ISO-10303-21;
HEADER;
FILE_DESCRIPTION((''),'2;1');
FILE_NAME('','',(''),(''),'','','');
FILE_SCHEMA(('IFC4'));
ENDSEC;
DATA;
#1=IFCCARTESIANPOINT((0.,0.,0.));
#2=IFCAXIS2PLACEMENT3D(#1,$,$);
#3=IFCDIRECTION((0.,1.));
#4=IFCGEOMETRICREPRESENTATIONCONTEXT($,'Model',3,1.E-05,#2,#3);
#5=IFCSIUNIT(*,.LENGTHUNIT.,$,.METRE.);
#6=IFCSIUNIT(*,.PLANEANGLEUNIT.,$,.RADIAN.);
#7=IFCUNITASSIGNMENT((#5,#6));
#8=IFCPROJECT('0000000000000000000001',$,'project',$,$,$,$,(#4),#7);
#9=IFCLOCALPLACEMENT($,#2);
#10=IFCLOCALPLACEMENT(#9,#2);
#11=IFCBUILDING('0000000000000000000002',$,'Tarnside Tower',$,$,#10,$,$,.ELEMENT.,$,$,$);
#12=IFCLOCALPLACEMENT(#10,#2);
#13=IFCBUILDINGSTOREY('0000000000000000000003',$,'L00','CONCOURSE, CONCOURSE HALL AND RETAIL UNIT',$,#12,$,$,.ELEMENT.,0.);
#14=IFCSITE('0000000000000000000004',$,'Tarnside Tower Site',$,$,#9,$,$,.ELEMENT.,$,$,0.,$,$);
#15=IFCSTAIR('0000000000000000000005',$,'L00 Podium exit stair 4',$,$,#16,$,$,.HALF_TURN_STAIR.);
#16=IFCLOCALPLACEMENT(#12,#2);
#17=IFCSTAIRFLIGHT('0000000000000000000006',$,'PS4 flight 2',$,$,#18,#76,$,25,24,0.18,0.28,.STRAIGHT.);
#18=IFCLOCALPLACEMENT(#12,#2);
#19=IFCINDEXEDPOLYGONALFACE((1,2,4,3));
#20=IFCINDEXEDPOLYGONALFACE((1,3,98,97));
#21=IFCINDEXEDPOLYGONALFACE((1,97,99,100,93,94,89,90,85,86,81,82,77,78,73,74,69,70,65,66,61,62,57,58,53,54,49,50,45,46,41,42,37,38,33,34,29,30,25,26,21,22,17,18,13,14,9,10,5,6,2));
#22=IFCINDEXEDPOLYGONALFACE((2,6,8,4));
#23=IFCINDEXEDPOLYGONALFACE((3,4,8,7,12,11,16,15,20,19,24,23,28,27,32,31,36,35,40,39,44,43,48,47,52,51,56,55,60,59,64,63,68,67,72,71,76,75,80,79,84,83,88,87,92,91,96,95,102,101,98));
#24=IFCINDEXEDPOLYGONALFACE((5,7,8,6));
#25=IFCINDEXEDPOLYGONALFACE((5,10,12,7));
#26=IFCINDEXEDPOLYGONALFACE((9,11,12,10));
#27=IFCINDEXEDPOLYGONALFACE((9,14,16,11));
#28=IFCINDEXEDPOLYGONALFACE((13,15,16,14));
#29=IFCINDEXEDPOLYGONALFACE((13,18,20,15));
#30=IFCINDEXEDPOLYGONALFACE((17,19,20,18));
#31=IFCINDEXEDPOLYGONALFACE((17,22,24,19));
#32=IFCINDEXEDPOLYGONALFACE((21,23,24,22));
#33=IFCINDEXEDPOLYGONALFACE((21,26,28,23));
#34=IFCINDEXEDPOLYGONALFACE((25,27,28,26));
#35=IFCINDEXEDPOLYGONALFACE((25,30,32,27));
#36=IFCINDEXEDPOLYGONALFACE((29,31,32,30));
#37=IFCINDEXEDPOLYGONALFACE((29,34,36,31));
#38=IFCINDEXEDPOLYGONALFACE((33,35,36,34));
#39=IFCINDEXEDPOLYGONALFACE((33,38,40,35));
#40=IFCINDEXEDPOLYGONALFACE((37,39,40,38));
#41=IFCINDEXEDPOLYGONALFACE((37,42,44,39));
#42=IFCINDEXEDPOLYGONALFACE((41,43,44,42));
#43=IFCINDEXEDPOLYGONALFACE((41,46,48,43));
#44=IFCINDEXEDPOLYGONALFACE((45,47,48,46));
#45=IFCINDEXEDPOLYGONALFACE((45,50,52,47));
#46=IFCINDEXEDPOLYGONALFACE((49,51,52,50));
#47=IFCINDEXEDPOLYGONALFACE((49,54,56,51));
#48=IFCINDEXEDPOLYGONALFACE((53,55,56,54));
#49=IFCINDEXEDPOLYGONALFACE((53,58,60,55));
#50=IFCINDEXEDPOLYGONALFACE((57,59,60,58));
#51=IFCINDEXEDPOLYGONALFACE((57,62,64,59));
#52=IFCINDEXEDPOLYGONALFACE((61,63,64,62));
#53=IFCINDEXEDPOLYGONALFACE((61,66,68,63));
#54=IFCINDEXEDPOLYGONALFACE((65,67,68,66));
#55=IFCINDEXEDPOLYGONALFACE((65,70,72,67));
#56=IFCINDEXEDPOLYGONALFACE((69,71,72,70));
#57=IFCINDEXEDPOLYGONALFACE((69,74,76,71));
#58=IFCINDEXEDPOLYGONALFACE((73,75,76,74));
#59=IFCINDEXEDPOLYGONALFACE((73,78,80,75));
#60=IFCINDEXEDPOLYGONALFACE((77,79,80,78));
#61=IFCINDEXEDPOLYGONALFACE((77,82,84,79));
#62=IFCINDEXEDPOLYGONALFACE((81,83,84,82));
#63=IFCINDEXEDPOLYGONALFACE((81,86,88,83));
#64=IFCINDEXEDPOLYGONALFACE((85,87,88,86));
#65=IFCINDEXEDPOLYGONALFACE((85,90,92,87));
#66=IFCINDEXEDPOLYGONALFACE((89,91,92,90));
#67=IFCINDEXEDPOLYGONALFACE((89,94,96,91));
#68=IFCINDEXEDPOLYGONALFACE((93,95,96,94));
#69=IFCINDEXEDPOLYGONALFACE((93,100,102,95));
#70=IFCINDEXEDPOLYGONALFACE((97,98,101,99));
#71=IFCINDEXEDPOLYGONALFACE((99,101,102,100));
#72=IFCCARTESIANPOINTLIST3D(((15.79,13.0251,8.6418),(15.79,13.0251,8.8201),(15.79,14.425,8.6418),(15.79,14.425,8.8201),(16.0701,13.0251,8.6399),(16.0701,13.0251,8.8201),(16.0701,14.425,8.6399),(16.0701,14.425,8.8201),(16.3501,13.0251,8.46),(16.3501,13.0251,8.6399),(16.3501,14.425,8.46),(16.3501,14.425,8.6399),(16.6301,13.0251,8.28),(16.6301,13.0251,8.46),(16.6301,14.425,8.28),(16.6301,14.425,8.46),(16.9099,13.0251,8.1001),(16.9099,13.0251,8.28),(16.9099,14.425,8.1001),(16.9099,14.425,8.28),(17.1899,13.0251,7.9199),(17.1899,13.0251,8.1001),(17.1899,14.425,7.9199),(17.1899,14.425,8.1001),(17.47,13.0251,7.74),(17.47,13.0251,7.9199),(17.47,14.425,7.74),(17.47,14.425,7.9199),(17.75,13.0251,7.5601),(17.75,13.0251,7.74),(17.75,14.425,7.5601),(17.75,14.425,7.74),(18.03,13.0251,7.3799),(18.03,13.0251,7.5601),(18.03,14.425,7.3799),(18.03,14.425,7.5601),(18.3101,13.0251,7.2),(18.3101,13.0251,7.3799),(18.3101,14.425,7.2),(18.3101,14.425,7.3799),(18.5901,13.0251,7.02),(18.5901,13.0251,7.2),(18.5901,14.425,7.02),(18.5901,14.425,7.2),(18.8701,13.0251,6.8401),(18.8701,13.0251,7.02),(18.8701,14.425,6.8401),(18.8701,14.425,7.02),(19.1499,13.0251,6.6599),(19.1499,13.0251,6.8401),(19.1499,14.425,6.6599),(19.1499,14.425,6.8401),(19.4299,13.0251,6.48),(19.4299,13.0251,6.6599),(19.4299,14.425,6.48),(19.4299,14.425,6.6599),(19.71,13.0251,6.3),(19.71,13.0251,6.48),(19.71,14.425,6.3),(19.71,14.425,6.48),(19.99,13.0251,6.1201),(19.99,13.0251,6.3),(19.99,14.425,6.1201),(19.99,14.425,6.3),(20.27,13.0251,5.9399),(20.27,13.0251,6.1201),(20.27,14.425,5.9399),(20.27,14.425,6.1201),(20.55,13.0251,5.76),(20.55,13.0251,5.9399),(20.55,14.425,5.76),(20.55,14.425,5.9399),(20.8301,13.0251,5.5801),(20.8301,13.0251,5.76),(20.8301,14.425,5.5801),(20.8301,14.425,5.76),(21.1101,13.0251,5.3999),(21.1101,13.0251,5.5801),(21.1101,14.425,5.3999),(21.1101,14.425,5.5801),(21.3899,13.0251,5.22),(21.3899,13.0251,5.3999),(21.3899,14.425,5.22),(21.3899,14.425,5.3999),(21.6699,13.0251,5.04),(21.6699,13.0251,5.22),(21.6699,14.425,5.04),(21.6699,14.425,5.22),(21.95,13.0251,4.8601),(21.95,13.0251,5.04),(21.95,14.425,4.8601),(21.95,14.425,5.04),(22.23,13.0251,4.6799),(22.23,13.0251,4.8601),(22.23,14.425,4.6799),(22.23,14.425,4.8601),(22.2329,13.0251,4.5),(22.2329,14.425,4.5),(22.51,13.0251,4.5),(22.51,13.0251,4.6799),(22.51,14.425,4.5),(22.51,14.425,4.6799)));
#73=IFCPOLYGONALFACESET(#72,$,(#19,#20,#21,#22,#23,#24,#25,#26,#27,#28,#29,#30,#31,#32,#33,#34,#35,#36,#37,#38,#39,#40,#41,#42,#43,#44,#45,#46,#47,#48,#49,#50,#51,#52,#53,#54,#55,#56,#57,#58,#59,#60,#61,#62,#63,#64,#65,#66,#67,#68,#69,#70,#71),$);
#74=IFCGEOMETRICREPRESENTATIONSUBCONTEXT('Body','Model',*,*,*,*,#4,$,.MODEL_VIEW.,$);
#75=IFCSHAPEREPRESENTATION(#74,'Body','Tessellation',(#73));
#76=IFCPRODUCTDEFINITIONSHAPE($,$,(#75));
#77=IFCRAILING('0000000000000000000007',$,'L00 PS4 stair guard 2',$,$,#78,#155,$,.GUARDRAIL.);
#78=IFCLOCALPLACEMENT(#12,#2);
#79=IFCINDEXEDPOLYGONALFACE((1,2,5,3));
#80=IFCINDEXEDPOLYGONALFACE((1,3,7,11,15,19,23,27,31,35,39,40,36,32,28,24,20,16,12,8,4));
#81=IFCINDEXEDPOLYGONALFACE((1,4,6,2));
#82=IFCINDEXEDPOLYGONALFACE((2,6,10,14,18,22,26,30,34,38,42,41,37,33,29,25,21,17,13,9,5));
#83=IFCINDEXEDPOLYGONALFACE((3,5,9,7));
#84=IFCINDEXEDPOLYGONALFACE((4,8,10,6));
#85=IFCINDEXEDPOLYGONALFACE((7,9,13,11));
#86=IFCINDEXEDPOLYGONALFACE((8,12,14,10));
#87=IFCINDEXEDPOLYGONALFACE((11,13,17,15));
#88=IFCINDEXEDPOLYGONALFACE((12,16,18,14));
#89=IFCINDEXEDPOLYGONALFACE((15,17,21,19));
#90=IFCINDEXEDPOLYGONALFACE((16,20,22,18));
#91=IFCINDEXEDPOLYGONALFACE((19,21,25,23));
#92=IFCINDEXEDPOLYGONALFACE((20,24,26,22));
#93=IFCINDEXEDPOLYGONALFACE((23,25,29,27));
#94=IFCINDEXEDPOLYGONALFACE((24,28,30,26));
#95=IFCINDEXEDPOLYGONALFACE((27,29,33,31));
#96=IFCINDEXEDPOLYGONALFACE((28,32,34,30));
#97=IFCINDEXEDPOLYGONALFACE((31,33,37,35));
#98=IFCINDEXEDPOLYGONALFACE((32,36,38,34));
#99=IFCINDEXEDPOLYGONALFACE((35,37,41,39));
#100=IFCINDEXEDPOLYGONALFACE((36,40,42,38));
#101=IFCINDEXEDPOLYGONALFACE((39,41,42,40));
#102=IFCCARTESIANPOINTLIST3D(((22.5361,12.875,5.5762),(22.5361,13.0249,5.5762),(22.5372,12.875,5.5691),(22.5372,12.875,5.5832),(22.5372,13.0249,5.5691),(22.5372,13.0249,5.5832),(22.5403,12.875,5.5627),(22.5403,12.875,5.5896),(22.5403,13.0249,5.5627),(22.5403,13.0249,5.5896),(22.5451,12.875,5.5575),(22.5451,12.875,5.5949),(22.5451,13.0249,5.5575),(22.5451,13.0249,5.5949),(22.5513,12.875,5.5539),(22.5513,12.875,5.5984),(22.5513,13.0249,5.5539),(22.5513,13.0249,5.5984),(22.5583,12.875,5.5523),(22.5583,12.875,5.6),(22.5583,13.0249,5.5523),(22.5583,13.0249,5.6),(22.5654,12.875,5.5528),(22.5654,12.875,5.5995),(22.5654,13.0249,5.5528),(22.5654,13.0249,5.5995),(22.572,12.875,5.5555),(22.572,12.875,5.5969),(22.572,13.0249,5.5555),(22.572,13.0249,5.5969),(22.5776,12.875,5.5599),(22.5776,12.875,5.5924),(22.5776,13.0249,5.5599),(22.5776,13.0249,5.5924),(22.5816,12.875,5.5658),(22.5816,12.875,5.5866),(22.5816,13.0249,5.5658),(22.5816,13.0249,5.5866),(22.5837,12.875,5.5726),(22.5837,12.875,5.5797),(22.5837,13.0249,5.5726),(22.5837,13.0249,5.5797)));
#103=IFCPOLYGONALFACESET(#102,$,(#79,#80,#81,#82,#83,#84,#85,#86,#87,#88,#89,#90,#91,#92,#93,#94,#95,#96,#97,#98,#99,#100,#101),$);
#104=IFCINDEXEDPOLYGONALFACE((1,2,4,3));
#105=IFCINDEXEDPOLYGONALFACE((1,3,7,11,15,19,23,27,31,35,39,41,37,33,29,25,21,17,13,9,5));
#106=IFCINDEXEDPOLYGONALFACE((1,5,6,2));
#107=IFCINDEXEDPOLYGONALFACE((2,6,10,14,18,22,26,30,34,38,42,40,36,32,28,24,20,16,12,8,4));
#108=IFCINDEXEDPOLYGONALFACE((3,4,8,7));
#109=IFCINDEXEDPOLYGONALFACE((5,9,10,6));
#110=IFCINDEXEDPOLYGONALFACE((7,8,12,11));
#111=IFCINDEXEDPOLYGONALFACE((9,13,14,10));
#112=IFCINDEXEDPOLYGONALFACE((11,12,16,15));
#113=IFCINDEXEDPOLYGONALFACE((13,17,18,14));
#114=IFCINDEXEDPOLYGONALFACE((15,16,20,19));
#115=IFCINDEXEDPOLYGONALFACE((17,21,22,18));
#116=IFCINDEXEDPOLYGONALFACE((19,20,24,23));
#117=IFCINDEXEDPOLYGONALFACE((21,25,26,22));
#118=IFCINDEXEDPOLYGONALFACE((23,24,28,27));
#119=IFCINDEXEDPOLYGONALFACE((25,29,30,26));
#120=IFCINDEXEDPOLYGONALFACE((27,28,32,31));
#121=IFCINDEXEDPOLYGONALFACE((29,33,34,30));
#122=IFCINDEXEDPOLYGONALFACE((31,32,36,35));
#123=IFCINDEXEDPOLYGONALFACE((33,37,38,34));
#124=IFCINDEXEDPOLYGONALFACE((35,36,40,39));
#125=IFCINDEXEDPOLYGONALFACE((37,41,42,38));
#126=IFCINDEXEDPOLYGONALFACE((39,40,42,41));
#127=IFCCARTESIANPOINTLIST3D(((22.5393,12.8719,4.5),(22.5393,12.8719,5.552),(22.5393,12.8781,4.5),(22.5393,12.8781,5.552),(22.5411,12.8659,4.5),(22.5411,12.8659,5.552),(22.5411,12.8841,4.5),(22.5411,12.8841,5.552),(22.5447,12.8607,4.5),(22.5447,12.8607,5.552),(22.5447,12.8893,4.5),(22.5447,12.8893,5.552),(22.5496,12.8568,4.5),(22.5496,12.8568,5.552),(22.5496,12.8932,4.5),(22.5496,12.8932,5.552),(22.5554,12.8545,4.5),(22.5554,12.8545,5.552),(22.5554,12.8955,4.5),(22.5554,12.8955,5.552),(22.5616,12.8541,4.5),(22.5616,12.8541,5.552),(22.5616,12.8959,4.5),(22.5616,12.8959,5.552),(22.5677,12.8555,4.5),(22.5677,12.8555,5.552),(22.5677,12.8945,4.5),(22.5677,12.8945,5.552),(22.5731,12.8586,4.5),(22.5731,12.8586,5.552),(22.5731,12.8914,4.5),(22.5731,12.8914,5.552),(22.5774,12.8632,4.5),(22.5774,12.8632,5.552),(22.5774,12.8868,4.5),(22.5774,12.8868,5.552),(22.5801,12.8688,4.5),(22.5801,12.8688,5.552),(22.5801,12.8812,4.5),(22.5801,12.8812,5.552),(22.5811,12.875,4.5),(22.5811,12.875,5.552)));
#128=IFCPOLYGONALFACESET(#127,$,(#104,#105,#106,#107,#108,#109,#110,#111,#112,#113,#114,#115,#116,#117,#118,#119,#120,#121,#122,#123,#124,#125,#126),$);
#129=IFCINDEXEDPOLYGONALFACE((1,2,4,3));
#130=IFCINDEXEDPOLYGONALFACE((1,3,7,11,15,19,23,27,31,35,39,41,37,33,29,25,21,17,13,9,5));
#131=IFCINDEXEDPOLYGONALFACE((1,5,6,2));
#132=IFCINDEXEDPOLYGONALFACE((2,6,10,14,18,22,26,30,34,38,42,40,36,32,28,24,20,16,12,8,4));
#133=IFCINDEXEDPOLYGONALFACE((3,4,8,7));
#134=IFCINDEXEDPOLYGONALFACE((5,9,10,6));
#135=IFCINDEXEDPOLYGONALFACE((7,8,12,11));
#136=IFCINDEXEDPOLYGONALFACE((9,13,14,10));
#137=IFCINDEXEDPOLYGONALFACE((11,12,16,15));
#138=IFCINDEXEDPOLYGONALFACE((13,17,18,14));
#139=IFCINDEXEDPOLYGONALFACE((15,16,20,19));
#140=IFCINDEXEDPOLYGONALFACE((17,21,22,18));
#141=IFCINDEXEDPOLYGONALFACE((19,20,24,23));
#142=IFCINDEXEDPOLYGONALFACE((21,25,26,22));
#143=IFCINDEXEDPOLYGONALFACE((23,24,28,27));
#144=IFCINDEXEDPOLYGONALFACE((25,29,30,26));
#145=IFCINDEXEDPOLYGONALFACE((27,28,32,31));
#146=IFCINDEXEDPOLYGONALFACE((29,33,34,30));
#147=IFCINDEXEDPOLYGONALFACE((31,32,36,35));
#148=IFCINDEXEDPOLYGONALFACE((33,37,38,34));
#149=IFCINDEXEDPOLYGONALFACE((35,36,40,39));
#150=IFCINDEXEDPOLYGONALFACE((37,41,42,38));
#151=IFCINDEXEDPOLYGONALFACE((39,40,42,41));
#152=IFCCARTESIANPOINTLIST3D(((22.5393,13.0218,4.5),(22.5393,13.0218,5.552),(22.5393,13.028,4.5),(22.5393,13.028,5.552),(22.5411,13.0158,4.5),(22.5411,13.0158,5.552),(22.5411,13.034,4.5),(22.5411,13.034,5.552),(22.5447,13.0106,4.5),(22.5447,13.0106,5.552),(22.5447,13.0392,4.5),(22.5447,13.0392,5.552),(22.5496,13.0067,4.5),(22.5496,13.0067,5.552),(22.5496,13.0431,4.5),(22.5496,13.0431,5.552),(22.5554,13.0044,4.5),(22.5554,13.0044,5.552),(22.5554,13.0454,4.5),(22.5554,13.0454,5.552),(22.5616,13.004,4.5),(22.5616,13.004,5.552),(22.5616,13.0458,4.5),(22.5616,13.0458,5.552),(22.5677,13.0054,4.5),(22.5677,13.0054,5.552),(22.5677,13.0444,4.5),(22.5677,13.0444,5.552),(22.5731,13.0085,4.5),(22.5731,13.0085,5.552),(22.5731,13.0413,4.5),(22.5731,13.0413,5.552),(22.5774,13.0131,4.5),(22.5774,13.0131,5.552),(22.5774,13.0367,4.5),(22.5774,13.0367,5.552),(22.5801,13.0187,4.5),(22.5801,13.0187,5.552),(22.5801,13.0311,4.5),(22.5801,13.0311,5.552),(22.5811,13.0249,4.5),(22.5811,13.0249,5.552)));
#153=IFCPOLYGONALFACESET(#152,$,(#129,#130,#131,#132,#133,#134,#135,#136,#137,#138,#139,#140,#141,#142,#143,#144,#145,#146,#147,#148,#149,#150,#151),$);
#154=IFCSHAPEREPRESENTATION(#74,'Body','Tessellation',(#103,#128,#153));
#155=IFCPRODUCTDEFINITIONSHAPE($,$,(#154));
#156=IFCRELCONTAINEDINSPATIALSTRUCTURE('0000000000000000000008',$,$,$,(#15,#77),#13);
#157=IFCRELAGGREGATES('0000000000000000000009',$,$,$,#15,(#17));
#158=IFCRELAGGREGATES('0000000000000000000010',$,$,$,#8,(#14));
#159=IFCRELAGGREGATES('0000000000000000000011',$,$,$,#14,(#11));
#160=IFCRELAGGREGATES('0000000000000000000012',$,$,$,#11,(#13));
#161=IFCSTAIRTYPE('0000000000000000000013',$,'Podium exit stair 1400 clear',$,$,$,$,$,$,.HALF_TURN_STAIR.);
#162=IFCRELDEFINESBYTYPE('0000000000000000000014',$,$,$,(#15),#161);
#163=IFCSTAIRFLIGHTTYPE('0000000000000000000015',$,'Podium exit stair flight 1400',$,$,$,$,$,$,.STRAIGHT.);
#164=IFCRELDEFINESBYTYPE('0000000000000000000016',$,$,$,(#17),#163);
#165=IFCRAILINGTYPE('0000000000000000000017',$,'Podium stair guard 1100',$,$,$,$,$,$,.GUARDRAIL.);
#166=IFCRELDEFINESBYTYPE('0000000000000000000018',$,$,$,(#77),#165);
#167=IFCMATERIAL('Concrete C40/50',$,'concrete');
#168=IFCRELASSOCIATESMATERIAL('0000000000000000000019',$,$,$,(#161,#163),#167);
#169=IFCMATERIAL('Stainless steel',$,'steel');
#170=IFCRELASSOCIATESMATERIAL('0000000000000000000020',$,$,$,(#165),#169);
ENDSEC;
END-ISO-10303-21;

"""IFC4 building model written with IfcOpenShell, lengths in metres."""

from ifc_helpers import new_model, si_unit, direction, frame, origin, origin_2d, place, context, subcontext, project, spatial, polyline, circle, outline, extrude, material, type_object, element, aggregate, save


model = new_model("IFC4")

# Units and contexts
model_context = context("Model", 3, precision=1e-05, world=origin(), true_north=direction((0.0, 1.0)))
body_context = subcontext(model_context, "Body", "Model", "MODEL_VIEW")
ifc_project = project(units=[si_unit("LENGTHUNIT", "METRE"), si_unit("PLANEANGLEUNIT", "RADIAN")], contexts=[model_context])

# Site, building, storey
site_placement = place(None, origin())
site = spatial("IfcSite", under=ifc_project, at=site_placement, Name="Tarnside Tower Site", CompositionType="ELEMENT", RefElevation=0.0)
building_placement = place(site_placement, origin())
building = spatial("IfcBuilding", under=site, at=building_placement, Name="Tarnside Tower", CompositionType="ELEMENT")
storey_placement = place(building_placement, origin())
storey = spatial("IfcBuildingStorey", under=building, at=storey_placement, Name="L00", Description="CONCOURSE, CONCOURSE HALL AND RETAIL UNIT", CompositionType="ELEMENT", Elevation=0.0)

# Stair, stair flight
ifc_material_1 = material(Name="Concrete C40/50", Category="concrete")
stair_type = type_object("IfcStairType", Name="Podium exit stair 1400 clear", PredefinedType="HALF_TURN_STAIR", material=ifc_material_1)
stair_placement = place(storey_placement, origin())
stair = element("IfcStair", 1, at=stair_placement, inside=storey, type_object=stair_type, Name="L00 Podium exit stair 4", PredefinedType="HALF_TURN_STAIR")
stair_flight_type = type_object("IfcStairFlightType", Name="Podium exit stair flight 1400", PredefinedType="STRAIGHT", material=ifc_material_1)
stair_flight_placement = place(storey_placement, frame((22.51, 13.7251, 4.5), z_axis=(0.0, 0.0, 1.0), x_axis=(-1.0, 0.0, 0.0)))
stair_flight = element("IfcStairFlight", 2, at=stair_flight_placement, type_object=stair_flight_type, Name="PS4 flight 2", NumberOfRisers=25, NumberOfTreads=24, PredefinedType="STRAIGHT", RiserHeight=0.18, TreadLength=0.28, context=body_context, shape_type="SweptSolid", body=[
    extrude(outline(polyline([(0.0, 0.0), (0.0, 0.1799), (0.28, 0.1799), (0.28, 0.3601), (0.5601, 0.3601), (0.5601, 0.54), (0.8401, 0.54), (0.8401, 0.72), (1.1201, 0.72), (1.1201, 0.8999), (1.3999, 0.8999), (1.3999, 1.0801), (1.6799, 1.0801), (1.6799, 1.26), (1.96, 1.26), (1.96, 1.4399), (2.24, 1.4399), (2.24, 1.6201), (2.52, 1.6201), (2.52, 1.8), (2.8, 1.8), (2.8, 1.98), (3.0801, 1.98), (3.0801, 2.1599), (3.3601, 2.1599), (3.3601, 2.3401), (3.6399, 2.3401), (3.6399, 2.52), (3.9199, 2.52), (3.9199, 2.7), (4.2, 2.7), (4.2, 2.8799), (4.48, 2.8799), (4.48, 3.0601), (4.76, 3.0601), (4.76, 3.24), (5.04, 3.24), (5.04, 3.4199), (5.3201, 3.4199), (5.3201, 3.6001), (5.6001, 3.6001), (5.6001, 3.78), (5.8799, 3.78), (5.8799, 3.96), (6.1599, 3.96), (6.1599, 4.1399), (6.4399, 4.1399), (6.4399, 4.3201), (6.72, 4.3201), (6.72, 4.5), (6.72, 4.1418), (0.2771, 0.0), (0.0, 0.0)])), frame((0.0, 0.7, 0.0), z_axis=(0.0, -1.0, 0.0), x_axis=(1.0, 0.0, 0.0)), (0.0, 0.0, 1.0), 1.3999),
])
aggregate(stair, [stair_flight])

# Railing
ifc_material_2 = material(Name="Stainless steel", Category="steel")
railing_type_1 = type_object("IfcRailingType", Name="Podium stair guard 1100", PredefinedType="GUARDRAIL", material=ifc_material_2)
railing_1_placement = place(storey_placement, frame((22.5601, 12.875, 4.5)))
element("IfcRailing", 3, at=railing_1_placement, inside=storey, type_object=railing_type_1, Name="L00 PS4 stair guard 2", PredefinedType="GUARDRAIL", context=body_context, shape_type="SweptSolid", body=[
    extrude(circle(Radius=0.0239, at=origin_2d()), frame((0.0, 0.0, 1.0762), z_axis=(0.0, 1.0, 0.0), x_axis=(-1.0, 0.0, 0.0)), (0.0, 0.0, 1.0), 0.1499),
    extrude(circle(Radius=0.021, at=origin_2d()), origin(), (0.0, 0.0, 1.0), 1.052),
    extrude(circle(Radius=0.021, at=origin_2d()), frame((0.0, 0.1499, 0.0)), (0.0, 0.0, 1.0), 1.052),
])

save(model, "model.ifc")
